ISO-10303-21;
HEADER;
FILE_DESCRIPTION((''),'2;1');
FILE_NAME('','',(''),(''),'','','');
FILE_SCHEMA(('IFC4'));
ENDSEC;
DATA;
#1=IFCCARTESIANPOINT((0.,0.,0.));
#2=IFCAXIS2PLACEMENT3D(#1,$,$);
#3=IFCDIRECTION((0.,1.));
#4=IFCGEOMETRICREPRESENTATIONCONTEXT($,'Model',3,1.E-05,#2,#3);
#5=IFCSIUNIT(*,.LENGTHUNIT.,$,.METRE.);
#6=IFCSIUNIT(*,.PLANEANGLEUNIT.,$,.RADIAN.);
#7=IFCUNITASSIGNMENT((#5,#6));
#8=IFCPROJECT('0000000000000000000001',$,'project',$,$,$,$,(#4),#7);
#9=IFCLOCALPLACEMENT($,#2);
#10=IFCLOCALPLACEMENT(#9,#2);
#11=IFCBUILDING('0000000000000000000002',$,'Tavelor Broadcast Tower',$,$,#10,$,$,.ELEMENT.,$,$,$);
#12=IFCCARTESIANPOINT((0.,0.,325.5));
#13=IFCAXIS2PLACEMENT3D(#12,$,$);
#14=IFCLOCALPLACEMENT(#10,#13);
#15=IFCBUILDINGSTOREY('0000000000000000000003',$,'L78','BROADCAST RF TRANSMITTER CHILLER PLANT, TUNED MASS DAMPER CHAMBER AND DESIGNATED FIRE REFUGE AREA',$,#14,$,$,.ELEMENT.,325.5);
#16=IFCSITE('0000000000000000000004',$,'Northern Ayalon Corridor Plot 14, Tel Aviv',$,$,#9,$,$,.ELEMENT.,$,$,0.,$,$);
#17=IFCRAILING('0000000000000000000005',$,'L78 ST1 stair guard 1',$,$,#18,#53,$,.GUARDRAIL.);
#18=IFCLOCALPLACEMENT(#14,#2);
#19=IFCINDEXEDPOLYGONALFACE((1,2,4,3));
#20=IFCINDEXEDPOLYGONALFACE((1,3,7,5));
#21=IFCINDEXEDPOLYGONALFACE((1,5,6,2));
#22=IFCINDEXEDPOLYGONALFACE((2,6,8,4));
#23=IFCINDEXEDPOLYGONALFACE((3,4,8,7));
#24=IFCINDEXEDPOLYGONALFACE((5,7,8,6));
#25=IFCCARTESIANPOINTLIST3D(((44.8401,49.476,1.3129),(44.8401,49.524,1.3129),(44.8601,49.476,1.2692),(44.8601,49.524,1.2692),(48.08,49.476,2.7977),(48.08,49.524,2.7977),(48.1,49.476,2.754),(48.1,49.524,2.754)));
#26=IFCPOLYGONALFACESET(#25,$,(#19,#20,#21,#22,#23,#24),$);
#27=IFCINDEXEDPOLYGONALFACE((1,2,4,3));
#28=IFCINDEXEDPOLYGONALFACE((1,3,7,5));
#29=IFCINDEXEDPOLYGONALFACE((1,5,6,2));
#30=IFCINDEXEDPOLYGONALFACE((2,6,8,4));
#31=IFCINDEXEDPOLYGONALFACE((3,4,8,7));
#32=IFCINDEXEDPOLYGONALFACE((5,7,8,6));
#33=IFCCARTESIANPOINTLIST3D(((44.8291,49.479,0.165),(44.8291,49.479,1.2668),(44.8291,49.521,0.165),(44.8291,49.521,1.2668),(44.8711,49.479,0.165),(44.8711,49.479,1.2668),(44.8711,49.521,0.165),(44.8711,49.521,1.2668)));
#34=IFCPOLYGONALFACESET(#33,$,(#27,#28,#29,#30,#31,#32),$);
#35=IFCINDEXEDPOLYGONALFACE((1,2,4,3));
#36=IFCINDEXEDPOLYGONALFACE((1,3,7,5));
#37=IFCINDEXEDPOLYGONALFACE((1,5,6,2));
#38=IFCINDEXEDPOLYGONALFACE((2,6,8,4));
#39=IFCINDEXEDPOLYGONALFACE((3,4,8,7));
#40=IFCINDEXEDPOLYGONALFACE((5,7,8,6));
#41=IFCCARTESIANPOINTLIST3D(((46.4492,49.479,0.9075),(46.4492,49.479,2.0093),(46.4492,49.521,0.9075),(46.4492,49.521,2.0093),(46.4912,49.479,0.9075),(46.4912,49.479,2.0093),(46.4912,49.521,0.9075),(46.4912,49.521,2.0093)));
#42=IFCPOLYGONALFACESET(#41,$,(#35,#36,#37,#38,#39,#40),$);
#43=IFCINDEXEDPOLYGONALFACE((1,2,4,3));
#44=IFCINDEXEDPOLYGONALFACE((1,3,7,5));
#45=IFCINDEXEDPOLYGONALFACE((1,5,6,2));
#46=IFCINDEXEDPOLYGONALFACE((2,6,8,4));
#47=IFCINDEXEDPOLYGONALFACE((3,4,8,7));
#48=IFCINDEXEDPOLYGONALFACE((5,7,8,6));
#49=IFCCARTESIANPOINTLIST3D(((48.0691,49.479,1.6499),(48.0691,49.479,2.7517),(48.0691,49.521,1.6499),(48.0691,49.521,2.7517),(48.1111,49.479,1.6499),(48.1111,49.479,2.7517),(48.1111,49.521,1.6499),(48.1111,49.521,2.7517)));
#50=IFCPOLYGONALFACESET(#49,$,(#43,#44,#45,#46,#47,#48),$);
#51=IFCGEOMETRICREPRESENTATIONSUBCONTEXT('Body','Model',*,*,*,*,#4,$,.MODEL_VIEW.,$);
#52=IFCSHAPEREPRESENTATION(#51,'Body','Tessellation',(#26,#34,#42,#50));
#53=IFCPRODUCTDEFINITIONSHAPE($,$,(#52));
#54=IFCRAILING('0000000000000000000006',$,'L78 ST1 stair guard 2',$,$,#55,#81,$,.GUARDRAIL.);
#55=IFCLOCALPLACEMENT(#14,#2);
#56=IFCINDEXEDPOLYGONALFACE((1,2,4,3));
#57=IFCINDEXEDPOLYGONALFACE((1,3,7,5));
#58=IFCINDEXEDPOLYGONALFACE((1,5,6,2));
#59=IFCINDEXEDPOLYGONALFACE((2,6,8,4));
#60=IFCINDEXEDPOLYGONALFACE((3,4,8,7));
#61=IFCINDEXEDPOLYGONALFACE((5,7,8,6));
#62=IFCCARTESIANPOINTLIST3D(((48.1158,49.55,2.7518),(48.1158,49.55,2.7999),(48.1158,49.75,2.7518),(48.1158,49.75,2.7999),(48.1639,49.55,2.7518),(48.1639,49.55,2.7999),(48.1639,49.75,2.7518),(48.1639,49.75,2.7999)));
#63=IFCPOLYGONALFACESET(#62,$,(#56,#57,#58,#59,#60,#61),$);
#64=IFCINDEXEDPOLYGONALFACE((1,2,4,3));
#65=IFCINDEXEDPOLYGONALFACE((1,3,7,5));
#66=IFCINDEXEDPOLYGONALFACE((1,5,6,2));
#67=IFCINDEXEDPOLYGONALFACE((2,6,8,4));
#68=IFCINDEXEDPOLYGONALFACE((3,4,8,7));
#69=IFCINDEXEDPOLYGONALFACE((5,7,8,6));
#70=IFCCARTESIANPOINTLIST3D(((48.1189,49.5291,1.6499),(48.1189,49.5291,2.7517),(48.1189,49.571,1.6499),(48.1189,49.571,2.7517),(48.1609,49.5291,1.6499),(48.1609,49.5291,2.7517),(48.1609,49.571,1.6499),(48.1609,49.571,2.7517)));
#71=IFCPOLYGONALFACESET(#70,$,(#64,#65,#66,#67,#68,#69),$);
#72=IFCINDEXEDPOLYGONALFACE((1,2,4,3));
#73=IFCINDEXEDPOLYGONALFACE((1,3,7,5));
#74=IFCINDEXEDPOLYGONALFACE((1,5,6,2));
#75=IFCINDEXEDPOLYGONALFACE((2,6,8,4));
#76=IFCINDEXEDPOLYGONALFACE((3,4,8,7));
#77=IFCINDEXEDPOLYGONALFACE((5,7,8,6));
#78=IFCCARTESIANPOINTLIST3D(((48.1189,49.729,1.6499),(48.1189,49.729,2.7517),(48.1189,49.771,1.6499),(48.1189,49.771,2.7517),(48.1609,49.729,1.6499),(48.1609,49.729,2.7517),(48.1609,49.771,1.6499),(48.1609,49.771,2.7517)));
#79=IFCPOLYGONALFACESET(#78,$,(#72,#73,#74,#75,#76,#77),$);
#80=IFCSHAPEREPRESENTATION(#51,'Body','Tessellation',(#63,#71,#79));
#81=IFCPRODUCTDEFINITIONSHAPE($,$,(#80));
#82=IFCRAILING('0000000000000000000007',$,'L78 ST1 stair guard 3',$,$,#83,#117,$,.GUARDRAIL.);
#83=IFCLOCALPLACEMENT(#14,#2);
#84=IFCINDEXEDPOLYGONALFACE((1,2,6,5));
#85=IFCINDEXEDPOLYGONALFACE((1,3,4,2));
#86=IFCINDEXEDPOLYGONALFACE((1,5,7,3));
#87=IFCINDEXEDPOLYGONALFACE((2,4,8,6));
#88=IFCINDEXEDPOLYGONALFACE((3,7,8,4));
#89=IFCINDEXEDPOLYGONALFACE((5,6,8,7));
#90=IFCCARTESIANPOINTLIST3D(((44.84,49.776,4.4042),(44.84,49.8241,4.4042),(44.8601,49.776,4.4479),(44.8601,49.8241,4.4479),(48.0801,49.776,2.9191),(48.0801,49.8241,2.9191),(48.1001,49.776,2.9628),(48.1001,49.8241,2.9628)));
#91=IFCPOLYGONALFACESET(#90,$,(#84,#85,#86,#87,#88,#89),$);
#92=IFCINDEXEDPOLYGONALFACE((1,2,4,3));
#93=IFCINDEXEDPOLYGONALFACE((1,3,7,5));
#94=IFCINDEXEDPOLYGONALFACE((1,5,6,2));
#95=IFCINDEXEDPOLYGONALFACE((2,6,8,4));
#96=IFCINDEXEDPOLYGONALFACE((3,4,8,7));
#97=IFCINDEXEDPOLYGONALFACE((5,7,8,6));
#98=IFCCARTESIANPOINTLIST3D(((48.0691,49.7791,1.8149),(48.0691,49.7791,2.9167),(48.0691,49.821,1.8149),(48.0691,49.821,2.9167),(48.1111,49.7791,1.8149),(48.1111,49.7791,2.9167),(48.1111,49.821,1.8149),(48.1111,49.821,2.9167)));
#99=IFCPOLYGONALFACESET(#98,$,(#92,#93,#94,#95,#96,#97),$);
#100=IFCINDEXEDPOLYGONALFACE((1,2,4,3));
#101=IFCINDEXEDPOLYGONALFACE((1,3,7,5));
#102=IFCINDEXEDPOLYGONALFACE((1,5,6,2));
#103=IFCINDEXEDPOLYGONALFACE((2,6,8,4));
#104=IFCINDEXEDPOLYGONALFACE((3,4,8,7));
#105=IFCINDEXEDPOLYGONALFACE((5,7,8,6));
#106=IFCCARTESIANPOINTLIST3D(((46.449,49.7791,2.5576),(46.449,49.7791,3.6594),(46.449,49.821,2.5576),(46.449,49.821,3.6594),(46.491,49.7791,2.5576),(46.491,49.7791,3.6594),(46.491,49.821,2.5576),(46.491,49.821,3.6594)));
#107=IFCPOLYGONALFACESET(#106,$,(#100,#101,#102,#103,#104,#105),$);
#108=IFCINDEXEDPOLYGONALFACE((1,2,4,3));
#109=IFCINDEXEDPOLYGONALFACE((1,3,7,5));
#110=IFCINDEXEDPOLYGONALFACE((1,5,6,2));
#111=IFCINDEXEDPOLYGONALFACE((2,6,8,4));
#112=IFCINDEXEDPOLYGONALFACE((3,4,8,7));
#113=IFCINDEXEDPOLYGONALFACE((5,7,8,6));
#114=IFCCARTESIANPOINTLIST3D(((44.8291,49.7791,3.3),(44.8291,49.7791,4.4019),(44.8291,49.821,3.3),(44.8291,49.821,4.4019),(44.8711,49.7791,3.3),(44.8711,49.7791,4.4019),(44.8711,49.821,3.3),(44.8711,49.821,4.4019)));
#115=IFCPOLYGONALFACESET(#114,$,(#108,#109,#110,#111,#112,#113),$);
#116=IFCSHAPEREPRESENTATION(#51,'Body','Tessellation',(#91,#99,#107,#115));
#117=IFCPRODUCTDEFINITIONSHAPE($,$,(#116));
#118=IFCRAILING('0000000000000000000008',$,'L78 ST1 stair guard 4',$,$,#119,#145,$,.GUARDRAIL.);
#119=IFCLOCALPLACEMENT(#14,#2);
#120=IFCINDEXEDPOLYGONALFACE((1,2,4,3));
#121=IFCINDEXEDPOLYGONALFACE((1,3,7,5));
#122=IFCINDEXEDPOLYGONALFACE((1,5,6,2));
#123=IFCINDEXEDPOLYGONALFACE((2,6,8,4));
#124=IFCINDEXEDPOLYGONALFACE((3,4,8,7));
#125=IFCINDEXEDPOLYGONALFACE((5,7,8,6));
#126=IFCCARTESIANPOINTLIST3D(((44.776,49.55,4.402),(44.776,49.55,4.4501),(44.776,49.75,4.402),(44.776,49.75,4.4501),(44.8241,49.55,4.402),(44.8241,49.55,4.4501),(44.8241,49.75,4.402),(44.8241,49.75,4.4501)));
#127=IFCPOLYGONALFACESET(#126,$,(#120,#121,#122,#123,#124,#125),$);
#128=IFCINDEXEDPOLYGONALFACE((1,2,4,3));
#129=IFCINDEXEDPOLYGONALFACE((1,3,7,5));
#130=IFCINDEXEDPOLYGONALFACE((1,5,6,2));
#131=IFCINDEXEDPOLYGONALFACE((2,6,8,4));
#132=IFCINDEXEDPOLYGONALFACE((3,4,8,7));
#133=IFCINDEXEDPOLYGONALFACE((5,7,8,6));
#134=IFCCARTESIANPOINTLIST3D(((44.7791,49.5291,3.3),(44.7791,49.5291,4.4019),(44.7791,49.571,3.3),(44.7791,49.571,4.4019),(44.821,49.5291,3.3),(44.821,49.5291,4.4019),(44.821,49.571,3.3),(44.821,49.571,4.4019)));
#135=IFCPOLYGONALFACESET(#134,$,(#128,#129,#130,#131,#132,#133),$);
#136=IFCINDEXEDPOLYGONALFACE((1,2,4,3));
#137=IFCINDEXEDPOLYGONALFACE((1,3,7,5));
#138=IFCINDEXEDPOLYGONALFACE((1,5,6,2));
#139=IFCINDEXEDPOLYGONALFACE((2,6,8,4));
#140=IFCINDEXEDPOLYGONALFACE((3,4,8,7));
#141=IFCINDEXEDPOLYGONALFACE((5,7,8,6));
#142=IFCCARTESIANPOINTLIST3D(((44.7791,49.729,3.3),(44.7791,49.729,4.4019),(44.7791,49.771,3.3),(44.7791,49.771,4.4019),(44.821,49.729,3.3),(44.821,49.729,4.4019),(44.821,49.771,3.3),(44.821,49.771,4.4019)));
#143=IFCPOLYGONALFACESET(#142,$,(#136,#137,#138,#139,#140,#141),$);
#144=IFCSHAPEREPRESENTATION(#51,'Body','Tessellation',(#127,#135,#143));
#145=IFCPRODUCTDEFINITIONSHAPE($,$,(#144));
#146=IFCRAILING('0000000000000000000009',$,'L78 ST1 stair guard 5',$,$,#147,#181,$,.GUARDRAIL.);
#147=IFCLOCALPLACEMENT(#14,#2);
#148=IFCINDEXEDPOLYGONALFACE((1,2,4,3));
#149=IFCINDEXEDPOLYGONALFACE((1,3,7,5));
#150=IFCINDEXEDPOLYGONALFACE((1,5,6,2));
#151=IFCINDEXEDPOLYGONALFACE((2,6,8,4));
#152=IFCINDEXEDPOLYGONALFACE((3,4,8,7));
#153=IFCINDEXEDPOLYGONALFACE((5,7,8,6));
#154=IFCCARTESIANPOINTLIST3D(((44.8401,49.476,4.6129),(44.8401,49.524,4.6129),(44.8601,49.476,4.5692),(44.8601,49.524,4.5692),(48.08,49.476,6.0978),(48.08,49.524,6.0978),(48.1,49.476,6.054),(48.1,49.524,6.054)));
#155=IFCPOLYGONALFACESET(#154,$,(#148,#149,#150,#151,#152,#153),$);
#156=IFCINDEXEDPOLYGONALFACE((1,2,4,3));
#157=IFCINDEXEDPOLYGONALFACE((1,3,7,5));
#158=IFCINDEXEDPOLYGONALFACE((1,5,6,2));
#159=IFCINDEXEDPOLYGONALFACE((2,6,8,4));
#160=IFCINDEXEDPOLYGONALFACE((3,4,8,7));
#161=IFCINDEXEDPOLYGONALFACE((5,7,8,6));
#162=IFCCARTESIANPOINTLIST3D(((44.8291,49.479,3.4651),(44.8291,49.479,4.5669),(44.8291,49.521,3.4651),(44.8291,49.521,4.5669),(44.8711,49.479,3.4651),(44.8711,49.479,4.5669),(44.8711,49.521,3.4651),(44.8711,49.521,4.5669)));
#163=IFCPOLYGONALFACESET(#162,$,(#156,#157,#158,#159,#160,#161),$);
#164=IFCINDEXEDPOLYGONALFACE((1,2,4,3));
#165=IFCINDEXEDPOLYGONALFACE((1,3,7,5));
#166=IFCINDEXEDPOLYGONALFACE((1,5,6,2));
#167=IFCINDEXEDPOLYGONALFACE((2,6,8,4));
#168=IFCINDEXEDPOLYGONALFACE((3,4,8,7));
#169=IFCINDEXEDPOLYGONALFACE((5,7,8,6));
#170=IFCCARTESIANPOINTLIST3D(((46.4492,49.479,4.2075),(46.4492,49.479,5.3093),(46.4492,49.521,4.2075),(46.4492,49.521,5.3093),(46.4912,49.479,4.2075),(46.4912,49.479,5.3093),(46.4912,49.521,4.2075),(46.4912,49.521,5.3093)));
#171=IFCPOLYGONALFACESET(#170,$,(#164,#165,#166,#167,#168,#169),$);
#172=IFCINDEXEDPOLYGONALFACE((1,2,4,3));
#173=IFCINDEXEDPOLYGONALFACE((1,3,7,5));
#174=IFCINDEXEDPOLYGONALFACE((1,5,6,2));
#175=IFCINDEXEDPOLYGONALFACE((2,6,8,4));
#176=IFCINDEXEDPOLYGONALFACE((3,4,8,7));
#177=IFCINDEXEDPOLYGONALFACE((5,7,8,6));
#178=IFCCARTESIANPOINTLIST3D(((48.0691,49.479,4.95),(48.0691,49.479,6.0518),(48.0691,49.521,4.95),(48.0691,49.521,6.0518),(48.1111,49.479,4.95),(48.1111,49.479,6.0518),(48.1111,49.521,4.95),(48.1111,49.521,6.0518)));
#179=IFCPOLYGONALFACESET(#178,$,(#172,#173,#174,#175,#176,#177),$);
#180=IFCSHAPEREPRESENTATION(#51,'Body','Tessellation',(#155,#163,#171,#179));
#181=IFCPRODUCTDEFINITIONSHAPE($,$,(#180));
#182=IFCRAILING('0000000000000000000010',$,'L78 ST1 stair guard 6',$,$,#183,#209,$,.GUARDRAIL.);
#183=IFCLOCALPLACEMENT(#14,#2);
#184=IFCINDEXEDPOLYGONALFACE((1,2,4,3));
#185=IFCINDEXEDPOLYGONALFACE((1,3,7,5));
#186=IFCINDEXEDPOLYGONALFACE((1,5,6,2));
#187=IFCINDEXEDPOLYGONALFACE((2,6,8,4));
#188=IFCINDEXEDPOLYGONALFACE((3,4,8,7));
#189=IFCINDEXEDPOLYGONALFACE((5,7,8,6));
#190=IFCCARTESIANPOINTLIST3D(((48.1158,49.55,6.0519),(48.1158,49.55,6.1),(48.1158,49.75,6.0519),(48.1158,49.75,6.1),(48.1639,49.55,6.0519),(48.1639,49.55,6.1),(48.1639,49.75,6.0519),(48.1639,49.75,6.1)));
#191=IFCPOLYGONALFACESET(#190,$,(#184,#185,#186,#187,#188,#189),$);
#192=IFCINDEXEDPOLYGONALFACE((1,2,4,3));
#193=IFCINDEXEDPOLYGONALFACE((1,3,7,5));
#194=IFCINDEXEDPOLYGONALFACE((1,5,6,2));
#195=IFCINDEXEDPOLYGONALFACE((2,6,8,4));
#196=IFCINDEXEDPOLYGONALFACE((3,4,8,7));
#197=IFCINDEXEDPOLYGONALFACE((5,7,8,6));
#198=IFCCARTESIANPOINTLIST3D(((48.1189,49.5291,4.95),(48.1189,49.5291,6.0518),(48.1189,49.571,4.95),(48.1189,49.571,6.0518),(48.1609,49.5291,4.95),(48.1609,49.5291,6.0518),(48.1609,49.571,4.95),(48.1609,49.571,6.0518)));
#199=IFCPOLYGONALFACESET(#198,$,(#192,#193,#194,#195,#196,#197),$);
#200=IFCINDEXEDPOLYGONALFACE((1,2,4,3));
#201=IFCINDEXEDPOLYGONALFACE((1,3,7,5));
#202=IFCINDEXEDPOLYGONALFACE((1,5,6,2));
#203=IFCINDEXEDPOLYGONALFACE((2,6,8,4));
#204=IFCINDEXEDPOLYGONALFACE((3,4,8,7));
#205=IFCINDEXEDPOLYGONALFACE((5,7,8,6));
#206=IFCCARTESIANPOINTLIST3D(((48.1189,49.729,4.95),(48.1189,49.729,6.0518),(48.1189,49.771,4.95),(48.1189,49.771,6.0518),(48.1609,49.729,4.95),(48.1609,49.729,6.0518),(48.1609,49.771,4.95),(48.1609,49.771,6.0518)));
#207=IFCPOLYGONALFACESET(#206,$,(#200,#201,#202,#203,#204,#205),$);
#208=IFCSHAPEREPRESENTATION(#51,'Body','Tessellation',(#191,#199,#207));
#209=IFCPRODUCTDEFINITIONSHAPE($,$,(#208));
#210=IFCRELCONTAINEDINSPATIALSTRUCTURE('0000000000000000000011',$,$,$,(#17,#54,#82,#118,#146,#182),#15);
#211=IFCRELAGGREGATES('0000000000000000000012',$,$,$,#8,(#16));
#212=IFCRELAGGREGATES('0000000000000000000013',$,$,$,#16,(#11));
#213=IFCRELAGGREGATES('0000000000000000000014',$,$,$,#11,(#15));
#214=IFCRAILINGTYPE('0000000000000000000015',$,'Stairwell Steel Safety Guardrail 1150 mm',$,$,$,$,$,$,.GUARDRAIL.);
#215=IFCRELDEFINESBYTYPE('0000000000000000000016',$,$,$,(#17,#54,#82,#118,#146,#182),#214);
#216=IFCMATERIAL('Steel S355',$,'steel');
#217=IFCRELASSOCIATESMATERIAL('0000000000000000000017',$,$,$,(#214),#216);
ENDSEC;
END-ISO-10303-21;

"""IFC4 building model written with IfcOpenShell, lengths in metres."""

from ifc_helpers import new_model, si_unit, direction, frame, origin, origin_2d, place, context, subcontext, project, spatial, rectangle, extrude, material, type_object, element, save


model = new_model("IFC4")

# Units and contexts
model_context = context("Model", 3, precision=1e-05, world=origin(), true_north=direction((0.0, 1.0)))
body_context = subcontext(model_context, "Body", "Model", "MODEL_VIEW")
ifc_project = project(units=[si_unit("LENGTHUNIT", "METRE"), si_unit("PLANEANGLEUNIT", "RADIAN")], contexts=[model_context])

# Site, building, storey
site_placement = place(None, origin())
site = spatial("IfcSite", under=ifc_project, at=site_placement, Name="Northern Ayalon Corridor Plot 14, Tel Aviv", CompositionType="ELEMENT", RefElevation=0.0)
building_placement = place(site_placement, origin())
building = spatial("IfcBuilding", under=site, at=building_placement, Name="Tavelor Broadcast Tower", CompositionType="ELEMENT")
storey_placement = place(building_placement, frame((0.0, 0.0, 325.5)))
storey = spatial("IfcBuildingStorey", under=building, at=storey_placement, Name="L78", Description="BROADCAST RF TRANSMITTER CHILLER PLANT, TUNED MASS DAMPER CHAMBER AND DESIGNATED FIRE REFUGE AREA", CompositionType="ELEMENT", Elevation=325.5)

# Shared definitions
ifc_material_1 = material(Name="Steel S355", Category="steel")

# Railings
railing_type_1 = type_object("IfcRailingType", Name="Stairwell Steel Safety Guardrail 1150 mm", PredefinedType="GUARDRAIL", material=ifc_material_1)
railing_1_placement = place(storey_placement, frame((44.8501, 49.5, 0.165)))
element("IfcRailing", 1, at=railing_1_placement, inside=storey, type_object=railing_type_1, Name="L78 ST1 stair guard 1", PredefinedType="GUARDRAIL", context=body_context, shape_type="SweptSolid", body=[
    extrude(rectangle(XDim=0.0481, YDim=0.0481, at=origin_2d()), frame((0.0, 0.0, 1.126), z_axis=(0.909079, 0.0, 0.416624), x_axis=(0.0, 1.0, 0.0)), (0.0, 0.0, 1.0), 3.564),
    extrude(rectangle(XDim=0.042, YDim=0.042, at=origin_2d()), origin(), (0.0, 0.0, 1.0), 1.1018),
    extrude(rectangle(XDim=0.042, YDim=0.042, at=origin_2d()), frame((1.6201, 0.0, 0.7424)), (0.0, 0.0, 1.0), 1.1018),
    extrude(rectangle(XDim=0.042, YDim=0.042, at=origin_2d()), frame((3.24, 0.0, 1.4849)), (0.0, 0.0, 1.0), 1.1018),
])
railing_2_placement = place(storey_placement, frame((48.1399, 49.55, 1.6499)))
element("IfcRailing", 2, at=railing_2_placement, inside=storey, type_object=railing_type_1, Name="L78 ST1 stair guard 2", PredefinedType="GUARDRAIL", context=body_context, shape_type="SweptSolid", body=[
    extrude(rectangle(XDim=0.0481, YDim=0.0481, at=origin_2d()), frame((0.0, 0.0, 1.126), z_axis=(0.0, 1.0, 0.0), x_axis=(-1.0, 0.0, 0.0)), (0.0, 0.0, 1.0), 0.2),
    extrude(rectangle(XDim=0.042, YDim=0.042, at=origin_2d()), origin(), (0.0, 0.0, 1.0), 1.1018),
    extrude(rectangle(XDim=0.042, YDim=0.042, at=origin_2d()), frame((0.0, 0.2, 0.0)), (0.0, 0.0, 1.0), 1.1018),
])
railing_3_placement = place(storey_placement, frame((48.0901, 49.8, 1.8149)))
element("IfcRailing", 3, at=railing_3_placement, inside=storey, type_object=railing_type_1, Name="L78 ST1 stair guard 3", PredefinedType="GUARDRAIL", context=body_context, shape_type="SweptSolid", body=[
    extrude(rectangle(XDim=0.0481, YDim=0.0481, at=origin_2d()), frame((0.0, 0.0, 1.126), z_axis=(-0.909053, 0.0, 0.416681), x_axis=(0.0, -1.0, 0.0)), (0.0, 0.0, 1.0), 3.5642),
    extrude(rectangle(XDim=0.042, YDim=0.042, at=origin_2d()), origin(), (0.0, 0.0, 1.0), 1.1018),
    extrude(rectangle(XDim=0.042, YDim=0.042, at=origin_2d()), frame((-1.6201, 0.0, 0.7427)), (0.0, 0.0, 1.0), 1.1018),
    extrude(rectangle(XDim=0.042, YDim=0.042, at=origin_2d()), frame((-3.24, 0.0, 1.4851)), (0.0, 0.0, 1.0), 1.1018),
])
railing_4_placement = place(storey_placement, frame((44.8, 49.55, 3.3)))
element("IfcRailing", 4, at=railing_4_placement, inside=storey, type_object=railing_type_1, Name="L78 ST1 stair guard 4", PredefinedType="GUARDRAIL", context=body_context, shape_type="SweptSolid", body=[
    extrude(rectangle(XDim=0.0481, YDim=0.0481, at=origin_2d()), frame((0.0, 0.0, 1.126), z_axis=(0.0, 1.0, 0.0), x_axis=(-1.0, 0.0, 0.0)), (0.0, 0.0, 1.0), 0.2),
    extrude(rectangle(XDim=0.042, YDim=0.042, at=origin_2d()), origin(), (0.0, 0.0, 1.0), 1.1018),
    extrude(rectangle(XDim=0.042, YDim=0.042, at=origin_2d()), frame((0.0, 0.2, 0.0)), (0.0, 0.0, 1.0), 1.1018),
])
railing_5_placement = place(storey_placement, frame((44.8501, 49.5, 3.4651)))
element("IfcRailing", 5, at=railing_5_placement, inside=storey, type_object=railing_type_1, Name="L78 ST1 stair guard 5", PredefinedType="GUARDRAIL", context=body_context, shape_type="SweptSolid", body=[
    extrude(rectangle(XDim=0.0481, YDim=0.0481, at=origin_2d()), frame((0.0, 0.0, 1.126), z_axis=(0.909079, 0.0, 0.416624), x_axis=(0.0, 1.0, 0.0)), (0.0, 0.0, 1.0), 3.564),
    extrude(rectangle(XDim=0.042, YDim=0.042, at=origin_2d()), origin(), (0.0, 0.0, 1.0), 1.1018),
    extrude(rectangle(XDim=0.042, YDim=0.042, at=origin_2d()), frame((1.6201, 0.0, 0.7424)), (0.0, 0.0, 1.0), 1.1018),
    extrude(rectangle(XDim=0.042, YDim=0.042, at=origin_2d()), frame((3.24, 0.0, 1.4849)), (0.0, 0.0, 1.0), 1.1018),
])
railing_6_placement = place(storey_placement, frame((48.1399, 49.55, 4.95)))
element("IfcRailing", 6, at=railing_6_placement, inside=storey, type_object=railing_type_1, Name="L78 ST1 stair guard 6", PredefinedType="GUARDRAIL", context=body_context, shape_type="SweptSolid", body=[
    extrude(rectangle(XDim=0.0481, YDim=0.0481, at=origin_2d()), frame((0.0, 0.0, 1.126), z_axis=(0.0, 1.0, 0.0), x_axis=(-1.0, 0.0, 0.0)), (0.0, 0.0, 1.0), 0.2),
    extrude(rectangle(XDim=0.042, YDim=0.042, at=origin_2d()), origin(), (0.0, 0.0, 1.0), 1.1018),
    extrude(rectangle(XDim=0.042, YDim=0.042, at=origin_2d()), frame((0.0, 0.2, 0.0)), (0.0, 0.0, 1.0), 1.1018),
])

save(model, "model.ifc")
